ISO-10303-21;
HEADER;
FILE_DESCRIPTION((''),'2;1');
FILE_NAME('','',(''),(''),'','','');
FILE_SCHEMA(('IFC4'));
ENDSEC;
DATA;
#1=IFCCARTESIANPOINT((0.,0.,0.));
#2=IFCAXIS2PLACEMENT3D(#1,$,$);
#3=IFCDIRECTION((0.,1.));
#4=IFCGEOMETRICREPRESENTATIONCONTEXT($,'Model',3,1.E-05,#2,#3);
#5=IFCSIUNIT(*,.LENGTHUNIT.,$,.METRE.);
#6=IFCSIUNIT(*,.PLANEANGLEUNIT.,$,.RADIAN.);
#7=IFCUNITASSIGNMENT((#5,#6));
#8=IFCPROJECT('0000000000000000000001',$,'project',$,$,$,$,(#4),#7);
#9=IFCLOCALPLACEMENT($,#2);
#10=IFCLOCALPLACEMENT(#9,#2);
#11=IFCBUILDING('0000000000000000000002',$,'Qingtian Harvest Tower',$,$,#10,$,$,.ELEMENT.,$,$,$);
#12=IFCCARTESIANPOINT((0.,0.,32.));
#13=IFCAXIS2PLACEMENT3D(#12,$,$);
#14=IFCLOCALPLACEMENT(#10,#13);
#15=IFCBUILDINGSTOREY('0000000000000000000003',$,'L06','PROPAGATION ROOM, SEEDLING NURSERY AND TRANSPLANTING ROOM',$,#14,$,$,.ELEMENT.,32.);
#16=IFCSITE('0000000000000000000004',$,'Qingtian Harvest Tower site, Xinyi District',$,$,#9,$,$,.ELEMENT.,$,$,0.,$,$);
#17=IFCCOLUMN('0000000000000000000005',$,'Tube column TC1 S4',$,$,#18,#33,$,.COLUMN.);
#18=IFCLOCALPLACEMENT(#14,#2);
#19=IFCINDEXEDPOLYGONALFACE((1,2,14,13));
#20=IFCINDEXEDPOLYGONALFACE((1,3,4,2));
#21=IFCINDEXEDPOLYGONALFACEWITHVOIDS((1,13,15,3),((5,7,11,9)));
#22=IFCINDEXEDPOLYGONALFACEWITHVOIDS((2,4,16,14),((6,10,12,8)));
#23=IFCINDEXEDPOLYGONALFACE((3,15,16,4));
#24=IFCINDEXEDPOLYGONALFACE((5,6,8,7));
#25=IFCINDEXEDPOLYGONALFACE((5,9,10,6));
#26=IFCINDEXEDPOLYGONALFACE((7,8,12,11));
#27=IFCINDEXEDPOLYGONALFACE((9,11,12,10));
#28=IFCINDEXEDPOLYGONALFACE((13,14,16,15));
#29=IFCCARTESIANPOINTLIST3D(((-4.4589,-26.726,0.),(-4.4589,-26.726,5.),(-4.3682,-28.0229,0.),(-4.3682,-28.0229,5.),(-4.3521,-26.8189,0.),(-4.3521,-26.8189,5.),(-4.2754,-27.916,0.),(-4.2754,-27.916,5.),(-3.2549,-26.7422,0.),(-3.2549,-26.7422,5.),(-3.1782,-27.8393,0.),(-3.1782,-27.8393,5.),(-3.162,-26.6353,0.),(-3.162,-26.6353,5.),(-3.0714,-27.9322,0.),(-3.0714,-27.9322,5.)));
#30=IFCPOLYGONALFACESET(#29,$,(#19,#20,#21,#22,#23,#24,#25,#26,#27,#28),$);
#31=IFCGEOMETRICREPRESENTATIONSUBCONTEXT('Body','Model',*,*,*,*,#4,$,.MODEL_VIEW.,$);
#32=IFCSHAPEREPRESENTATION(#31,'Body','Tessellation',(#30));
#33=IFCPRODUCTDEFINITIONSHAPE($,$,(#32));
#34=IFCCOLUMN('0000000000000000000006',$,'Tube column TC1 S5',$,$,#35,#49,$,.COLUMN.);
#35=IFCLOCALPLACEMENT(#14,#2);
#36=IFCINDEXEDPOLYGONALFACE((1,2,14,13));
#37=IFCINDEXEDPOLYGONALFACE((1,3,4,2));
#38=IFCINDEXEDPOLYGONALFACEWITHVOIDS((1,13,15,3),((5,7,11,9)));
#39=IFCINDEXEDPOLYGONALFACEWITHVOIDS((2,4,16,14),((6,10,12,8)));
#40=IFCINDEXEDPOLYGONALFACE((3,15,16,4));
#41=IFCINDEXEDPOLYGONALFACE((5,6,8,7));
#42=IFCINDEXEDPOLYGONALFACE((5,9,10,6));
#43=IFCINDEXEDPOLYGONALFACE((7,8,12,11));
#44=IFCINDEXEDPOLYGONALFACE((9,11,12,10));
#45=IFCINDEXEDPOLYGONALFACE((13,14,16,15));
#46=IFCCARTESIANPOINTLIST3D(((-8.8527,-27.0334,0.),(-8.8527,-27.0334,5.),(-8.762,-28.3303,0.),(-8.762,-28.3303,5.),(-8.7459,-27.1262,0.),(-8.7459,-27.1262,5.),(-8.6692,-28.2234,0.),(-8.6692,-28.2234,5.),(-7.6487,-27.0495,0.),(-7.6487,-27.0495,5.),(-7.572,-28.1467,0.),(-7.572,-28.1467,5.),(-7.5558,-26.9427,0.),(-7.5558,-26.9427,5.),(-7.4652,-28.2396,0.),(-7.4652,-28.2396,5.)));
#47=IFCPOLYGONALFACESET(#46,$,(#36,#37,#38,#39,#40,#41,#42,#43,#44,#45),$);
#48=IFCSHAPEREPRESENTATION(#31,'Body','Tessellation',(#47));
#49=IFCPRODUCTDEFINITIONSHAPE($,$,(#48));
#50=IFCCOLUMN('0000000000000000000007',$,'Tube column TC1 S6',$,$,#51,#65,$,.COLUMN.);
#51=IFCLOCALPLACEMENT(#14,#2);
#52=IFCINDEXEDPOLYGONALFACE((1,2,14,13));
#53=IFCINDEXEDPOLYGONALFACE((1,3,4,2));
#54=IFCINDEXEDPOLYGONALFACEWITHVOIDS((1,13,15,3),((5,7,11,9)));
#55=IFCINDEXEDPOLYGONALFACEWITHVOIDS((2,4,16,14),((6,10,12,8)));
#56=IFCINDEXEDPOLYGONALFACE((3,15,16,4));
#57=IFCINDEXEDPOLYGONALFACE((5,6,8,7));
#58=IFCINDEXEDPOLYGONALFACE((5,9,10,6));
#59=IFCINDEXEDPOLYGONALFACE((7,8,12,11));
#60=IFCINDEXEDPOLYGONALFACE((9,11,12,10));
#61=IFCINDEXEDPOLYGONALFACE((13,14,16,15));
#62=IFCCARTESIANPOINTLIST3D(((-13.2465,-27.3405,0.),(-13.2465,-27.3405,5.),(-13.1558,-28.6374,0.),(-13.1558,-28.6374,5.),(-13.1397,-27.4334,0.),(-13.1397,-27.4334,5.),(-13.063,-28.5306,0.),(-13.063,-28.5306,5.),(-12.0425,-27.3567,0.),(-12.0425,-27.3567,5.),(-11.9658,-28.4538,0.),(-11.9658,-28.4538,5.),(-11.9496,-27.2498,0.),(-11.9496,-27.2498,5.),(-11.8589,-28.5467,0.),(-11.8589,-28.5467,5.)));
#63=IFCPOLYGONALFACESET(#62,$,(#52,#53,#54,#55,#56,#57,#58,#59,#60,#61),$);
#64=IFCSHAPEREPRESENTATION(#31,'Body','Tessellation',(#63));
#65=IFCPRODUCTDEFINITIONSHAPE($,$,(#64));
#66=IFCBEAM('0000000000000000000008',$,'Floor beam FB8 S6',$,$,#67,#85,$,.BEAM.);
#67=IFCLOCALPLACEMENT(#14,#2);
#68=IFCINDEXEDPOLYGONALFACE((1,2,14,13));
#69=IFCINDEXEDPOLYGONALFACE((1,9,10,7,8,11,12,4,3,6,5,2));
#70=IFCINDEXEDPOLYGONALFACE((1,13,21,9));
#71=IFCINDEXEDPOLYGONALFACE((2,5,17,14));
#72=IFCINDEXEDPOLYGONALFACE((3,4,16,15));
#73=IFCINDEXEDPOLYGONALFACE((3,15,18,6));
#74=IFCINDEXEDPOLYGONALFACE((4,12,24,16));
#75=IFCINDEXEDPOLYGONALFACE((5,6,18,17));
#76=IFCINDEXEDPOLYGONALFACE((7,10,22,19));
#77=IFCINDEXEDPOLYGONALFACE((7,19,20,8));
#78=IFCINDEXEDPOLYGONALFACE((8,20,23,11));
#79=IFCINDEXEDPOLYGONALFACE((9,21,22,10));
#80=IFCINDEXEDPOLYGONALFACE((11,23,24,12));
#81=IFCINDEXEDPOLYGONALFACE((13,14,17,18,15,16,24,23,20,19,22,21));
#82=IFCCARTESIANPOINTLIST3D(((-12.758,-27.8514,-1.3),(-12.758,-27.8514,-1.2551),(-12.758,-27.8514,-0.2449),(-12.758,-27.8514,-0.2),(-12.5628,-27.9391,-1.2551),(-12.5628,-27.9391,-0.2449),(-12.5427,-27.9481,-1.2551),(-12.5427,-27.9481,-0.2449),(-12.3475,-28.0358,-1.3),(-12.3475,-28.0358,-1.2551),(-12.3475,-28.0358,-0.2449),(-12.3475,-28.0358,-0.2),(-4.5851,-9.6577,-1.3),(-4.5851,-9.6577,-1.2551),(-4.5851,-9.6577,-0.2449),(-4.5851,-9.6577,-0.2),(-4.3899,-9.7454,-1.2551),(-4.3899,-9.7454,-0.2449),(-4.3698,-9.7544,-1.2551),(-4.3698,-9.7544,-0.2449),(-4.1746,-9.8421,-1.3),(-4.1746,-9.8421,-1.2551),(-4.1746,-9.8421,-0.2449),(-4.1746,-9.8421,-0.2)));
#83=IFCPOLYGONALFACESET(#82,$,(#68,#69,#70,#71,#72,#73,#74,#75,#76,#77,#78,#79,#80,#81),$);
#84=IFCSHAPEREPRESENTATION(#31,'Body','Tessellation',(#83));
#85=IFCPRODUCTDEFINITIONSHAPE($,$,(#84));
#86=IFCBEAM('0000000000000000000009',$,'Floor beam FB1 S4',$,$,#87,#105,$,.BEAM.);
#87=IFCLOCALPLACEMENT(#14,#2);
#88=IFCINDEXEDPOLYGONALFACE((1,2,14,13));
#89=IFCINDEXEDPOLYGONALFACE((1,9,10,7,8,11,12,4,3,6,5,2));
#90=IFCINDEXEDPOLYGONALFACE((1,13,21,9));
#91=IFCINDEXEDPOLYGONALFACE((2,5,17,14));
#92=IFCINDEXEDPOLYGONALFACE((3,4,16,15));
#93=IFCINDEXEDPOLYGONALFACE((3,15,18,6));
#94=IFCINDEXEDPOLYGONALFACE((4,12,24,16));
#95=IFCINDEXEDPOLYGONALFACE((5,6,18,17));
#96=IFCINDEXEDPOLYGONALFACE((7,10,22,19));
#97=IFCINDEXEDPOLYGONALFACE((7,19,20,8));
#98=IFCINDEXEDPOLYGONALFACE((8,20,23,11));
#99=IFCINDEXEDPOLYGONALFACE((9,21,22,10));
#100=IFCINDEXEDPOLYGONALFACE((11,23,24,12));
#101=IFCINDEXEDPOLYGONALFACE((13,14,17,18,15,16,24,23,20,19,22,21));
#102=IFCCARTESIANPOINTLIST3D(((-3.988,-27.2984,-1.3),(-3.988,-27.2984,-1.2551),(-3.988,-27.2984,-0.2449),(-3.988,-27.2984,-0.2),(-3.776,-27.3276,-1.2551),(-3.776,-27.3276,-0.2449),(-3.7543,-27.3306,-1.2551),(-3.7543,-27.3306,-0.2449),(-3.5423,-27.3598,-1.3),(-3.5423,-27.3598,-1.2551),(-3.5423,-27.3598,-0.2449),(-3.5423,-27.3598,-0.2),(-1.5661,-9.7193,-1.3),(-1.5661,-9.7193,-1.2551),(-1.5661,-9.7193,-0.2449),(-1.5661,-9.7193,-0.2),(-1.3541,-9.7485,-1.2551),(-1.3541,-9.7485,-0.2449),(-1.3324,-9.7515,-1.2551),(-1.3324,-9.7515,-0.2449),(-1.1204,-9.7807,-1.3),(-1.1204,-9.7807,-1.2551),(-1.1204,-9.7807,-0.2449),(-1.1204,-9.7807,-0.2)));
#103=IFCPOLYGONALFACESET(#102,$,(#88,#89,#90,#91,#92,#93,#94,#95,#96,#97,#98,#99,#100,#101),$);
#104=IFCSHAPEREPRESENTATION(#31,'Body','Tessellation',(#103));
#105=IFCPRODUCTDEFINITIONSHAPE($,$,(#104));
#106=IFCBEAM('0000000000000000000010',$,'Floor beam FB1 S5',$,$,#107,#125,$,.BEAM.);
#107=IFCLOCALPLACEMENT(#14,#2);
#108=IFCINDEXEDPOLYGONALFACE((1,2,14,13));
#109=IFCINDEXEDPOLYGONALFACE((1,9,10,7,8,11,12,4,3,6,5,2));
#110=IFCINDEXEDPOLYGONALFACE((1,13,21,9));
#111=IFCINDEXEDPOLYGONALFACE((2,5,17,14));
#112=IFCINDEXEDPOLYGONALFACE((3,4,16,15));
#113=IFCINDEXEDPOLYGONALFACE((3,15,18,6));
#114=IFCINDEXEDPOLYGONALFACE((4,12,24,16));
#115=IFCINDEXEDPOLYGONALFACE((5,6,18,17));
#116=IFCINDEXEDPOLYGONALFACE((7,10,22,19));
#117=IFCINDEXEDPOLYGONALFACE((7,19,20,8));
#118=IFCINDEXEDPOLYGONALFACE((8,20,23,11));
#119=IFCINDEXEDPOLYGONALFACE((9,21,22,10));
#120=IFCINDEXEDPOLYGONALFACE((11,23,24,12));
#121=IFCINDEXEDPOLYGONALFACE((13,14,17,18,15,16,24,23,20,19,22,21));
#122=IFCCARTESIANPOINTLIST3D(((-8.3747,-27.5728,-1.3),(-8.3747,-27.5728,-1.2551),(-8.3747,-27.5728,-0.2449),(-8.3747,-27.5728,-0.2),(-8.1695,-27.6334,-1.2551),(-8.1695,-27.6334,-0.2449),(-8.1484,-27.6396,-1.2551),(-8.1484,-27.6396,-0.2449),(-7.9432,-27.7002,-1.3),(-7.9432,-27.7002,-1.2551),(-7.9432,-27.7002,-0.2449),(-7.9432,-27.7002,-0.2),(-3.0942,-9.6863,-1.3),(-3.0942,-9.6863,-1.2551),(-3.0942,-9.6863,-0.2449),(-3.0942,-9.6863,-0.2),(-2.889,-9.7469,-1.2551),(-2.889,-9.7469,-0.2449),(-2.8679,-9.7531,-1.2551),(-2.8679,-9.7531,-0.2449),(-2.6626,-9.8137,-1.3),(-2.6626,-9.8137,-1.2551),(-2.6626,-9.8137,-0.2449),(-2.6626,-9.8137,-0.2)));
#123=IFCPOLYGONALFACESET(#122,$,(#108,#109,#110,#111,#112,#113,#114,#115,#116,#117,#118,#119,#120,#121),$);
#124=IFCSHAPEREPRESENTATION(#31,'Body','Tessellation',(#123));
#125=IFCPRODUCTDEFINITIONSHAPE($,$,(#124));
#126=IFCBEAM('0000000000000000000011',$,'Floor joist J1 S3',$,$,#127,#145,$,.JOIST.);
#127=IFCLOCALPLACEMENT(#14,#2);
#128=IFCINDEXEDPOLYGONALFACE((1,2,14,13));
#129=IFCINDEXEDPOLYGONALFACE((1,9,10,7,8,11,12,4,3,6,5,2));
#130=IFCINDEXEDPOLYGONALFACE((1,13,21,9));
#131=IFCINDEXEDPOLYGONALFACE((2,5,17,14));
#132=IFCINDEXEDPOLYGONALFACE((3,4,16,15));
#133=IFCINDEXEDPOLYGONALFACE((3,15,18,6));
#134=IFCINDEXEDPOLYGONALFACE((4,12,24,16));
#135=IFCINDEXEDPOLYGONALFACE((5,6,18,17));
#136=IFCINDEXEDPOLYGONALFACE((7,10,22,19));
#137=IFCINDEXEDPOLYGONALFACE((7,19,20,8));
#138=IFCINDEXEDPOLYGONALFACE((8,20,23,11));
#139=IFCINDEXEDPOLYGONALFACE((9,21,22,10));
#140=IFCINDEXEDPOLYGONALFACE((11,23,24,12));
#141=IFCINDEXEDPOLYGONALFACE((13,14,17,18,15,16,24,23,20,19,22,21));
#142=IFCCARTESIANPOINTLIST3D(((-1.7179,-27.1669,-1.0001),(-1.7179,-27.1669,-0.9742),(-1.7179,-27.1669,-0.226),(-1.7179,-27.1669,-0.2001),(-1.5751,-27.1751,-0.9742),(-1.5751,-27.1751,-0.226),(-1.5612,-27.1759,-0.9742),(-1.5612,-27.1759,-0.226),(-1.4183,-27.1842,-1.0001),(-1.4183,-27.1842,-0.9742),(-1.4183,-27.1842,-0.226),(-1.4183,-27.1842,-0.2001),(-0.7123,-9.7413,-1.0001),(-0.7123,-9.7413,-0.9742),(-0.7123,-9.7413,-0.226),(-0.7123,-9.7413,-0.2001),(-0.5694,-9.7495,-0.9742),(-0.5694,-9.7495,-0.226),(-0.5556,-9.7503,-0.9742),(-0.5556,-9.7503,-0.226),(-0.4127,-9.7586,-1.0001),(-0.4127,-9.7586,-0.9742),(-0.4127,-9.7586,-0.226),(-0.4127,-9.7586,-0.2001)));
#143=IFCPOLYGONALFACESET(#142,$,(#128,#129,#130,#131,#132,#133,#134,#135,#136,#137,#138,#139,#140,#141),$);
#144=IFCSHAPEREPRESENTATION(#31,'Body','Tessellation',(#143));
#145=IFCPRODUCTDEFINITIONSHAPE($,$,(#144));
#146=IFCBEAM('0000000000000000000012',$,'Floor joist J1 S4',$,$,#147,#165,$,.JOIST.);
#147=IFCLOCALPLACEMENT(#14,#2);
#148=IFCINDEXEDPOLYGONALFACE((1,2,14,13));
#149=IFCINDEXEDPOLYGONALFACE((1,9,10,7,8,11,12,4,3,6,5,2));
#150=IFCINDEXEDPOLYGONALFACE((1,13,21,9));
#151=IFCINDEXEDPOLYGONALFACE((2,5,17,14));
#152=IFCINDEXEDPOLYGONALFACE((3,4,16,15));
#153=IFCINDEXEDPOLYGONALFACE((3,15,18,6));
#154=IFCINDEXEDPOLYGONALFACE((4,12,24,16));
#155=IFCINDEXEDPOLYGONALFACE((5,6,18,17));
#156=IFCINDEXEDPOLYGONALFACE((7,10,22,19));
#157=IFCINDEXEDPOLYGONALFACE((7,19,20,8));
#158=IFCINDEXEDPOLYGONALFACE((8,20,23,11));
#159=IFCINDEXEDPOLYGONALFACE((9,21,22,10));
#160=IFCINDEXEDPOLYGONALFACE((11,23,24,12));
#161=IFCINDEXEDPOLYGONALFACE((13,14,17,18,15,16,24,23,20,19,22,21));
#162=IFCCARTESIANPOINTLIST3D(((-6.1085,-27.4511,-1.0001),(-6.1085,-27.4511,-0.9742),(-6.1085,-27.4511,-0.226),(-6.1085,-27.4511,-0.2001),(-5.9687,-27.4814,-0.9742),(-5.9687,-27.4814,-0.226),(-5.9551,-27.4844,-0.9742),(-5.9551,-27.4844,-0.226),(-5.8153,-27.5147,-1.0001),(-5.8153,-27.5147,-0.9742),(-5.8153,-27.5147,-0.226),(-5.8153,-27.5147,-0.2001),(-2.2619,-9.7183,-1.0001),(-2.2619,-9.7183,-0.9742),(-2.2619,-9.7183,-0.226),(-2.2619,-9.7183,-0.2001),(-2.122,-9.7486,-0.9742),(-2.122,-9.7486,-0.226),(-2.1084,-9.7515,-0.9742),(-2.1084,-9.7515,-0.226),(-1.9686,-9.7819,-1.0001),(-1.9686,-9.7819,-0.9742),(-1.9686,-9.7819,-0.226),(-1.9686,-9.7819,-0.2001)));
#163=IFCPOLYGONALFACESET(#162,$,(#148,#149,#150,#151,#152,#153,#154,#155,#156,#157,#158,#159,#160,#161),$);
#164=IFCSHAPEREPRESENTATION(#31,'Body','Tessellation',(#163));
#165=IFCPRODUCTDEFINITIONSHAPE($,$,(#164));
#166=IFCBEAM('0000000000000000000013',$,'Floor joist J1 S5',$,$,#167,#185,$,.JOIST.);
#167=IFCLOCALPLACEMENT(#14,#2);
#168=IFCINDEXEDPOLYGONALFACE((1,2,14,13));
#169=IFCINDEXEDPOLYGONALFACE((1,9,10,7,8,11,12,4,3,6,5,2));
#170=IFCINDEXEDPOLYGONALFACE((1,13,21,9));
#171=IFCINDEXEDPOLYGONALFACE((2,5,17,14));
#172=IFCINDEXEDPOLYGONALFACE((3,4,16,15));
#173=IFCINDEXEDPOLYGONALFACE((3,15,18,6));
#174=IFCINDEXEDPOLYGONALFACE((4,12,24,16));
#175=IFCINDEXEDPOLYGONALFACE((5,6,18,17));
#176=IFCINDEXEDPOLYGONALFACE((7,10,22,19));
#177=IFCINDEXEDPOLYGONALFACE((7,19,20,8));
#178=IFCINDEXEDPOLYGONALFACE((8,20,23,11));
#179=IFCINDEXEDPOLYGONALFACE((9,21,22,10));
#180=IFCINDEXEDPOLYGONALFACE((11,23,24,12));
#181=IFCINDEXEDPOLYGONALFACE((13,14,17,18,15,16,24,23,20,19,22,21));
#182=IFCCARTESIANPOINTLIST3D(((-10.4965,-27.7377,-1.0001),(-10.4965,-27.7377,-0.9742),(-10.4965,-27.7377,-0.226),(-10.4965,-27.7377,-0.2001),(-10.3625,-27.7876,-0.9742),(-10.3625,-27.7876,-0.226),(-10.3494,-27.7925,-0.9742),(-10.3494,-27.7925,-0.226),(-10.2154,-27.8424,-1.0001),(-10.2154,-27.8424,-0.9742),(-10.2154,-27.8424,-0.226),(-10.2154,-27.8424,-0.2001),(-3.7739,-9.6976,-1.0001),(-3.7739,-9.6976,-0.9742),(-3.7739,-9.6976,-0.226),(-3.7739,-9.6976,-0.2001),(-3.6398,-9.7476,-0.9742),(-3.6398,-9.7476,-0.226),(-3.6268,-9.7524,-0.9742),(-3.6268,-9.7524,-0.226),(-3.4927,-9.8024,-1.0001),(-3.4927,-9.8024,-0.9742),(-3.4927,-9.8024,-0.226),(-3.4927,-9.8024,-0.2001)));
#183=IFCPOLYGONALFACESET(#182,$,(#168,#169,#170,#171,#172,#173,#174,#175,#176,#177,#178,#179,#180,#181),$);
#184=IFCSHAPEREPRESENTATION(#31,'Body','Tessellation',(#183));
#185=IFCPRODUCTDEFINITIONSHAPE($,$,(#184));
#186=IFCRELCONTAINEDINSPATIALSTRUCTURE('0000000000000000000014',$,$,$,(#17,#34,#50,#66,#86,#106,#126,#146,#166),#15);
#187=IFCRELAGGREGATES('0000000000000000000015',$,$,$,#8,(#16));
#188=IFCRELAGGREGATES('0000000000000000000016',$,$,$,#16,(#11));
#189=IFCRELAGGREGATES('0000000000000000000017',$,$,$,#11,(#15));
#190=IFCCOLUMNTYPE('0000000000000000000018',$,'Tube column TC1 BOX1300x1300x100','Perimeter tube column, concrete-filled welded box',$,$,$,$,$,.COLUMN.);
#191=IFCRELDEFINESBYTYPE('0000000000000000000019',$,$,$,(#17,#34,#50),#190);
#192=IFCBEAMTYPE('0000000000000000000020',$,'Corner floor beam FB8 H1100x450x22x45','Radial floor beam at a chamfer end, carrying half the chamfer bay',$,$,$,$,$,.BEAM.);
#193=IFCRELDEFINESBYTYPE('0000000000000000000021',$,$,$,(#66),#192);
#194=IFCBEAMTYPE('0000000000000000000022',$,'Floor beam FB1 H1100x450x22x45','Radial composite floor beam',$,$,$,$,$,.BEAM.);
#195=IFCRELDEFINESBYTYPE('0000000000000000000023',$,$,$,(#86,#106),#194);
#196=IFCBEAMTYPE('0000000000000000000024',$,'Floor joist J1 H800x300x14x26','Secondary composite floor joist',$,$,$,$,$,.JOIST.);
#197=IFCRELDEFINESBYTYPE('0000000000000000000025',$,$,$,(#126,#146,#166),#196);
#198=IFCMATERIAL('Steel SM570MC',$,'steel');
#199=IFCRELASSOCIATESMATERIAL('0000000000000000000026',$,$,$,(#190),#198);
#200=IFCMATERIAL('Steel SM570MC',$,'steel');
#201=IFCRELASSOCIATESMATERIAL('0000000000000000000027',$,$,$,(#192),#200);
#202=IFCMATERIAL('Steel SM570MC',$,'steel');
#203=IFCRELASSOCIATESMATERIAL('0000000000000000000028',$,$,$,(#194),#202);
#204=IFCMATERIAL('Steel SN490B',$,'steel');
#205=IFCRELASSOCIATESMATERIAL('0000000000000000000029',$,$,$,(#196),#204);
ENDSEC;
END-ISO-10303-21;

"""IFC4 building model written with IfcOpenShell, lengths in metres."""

from ifc_helpers import new_model, si_unit, direction, frame, origin, origin_2d, place, context, subcontext, project, spatial, hollow_rectangle, i_section, extrude, material, material_profile, profile_set, type_object, element, save


model = new_model("IFC4")

# Units and contexts
model_context = context("Model", 3, precision=1e-05, world=origin(), true_north=direction((0.0, 1.0)))
body_context = subcontext(model_context, "Body", "Model", "MODEL_VIEW")
ifc_project = project(units=[si_unit("LENGTHUNIT", "METRE"), si_unit("PLANEANGLEUNIT", "RADIAN")], contexts=[model_context])

# Site, building, storey
site_placement = place(None, origin())
site = spatial("IfcSite", under=ifc_project, at=site_placement, Name="Qingtian Harvest Tower site, Xinyi District", CompositionType="ELEMENT", RefElevation=0.0)
building_placement = place(site_placement, origin())
building = spatial("IfcBuilding", under=site, at=building_placement, Name="Qingtian Harvest Tower", CompositionType="ELEMENT")
storey_placement = place(building_placement, frame((0.0, 0.0, 32.0)))
storey = spatial("IfcBuildingStorey", under=building, at=storey_placement, Name="L06", Description="PROPAGATION ROOM, SEEDLING NURSERY AND TRANSPLANTING ROOM", CompositionType="ELEMENT", Elevation=32.0)

# Columns
ifc_material_1 = material(Name="Steel SM570MC", Category="steel")
ifc_material_profile_1 = material_profile(ifc_material_1, hollow_rectangle(XDim=1.3, YDim=1.3, WallThickness=0.1001, at=origin_2d()), Name="BOX1300x1300x100")
ifc_profile_set_1 = profile_set([ifc_material_profile_1], Name="Steel SM570MC")
column_type = type_object("IfcColumnType", Name="Tube column TC1 BOX1300x1300x100", Description="Perimeter tube column, concrete-filled welded box", PredefinedType="COLUMN", material=ifc_profile_set_1)
for number, where, z_axis, x_axis, name in (
    (1, (-3.7651, -27.3291, 0.0), (0.0, 0.0, 1.0), (0.997564, 0.069756, 0.0), "Tube column TC1 S4"),
    (2, (-8.1589, -27.6365, 0.0), (0.0, 0.0, 1.0), (0.997564, 0.069756, 0.0), "Tube column TC1 S5"),
    (3, (-12.5527, -27.9436, 0.0), (0.0, 0.0, 1.0), (0.997564, 0.069756, 0.0), "Tube column TC1 S6"),
):
    element("IfcColumn", number, at=place(storey_placement, frame(where, z_axis=z_axis, x_axis=x_axis)), inside=storey, type_object=column_type, Name=name, PredefinedType="COLUMN", context=body_context, shape_type="SweptSolid", body=[
        extrude(hollow_rectangle(XDim=1.3, YDim=1.3, WallThickness=0.1001, at=origin_2d()), origin(), (0.0, 0.0, 1.0), 5.0),
    ])

# Beams
ifc_material_2 = material(Name="Steel SM570MC", Category="steel")
ifc_material_profile_2 = material_profile(ifc_material_2, i_section(OverallWidth=0.45, OverallDepth=1.1001, WebThickness=0.022, FlangeThickness=0.0449, at=origin_2d()), Name="H1100x450x22x45")
ifc_profile_set_2 = profile_set([ifc_material_profile_2], Name="Steel SM570MC")
beam_type_1 = type_object("IfcBeamType", Name="Corner floor beam FB8 H1100x450x22x45", Description="Radial floor beam at a chamfer end, carrying half the chamfer bay", PredefinedType="BEAM", material=ifc_profile_set_2)
beam_1_placement = place(storey_placement, frame((-12.5527, -27.9436, -0.75), z_axis=(0.40977, 0.912189, 0.0), x_axis=(-0.912189, 0.40977, 0.0)))
element("IfcBeam", 4, at=beam_1_placement, inside=storey, type_object=beam_type_1, Name="Floor beam FB8 S6", PredefinedType="BEAM", context=body_context, shape_type="SweptSolid", body=[
    extrude(i_section(OverallWidth=0.45, OverallDepth=1.1001, WebThickness=0.022, FlangeThickness=0.0449, at=origin_2d()), origin(), (0.0, 0.0, 1.0), 19.9451),
])
ifc_material_3 = material(Name="Steel SM570MC", Category="steel")
ifc_material_profile_3 = material_profile(ifc_material_3, i_section(OverallWidth=0.45, OverallDepth=1.1001, WebThickness=0.022, FlangeThickness=0.0449, at=origin_2d()), Name="H1100x450x22x45")
ifc_profile_set_3 = profile_set([ifc_material_profile_3], Name="Steel SM570MC")
beam_type_2 = type_object("IfcBeamType", Name="Floor beam FB1 H1100x450x22x45", Description="Radial composite floor beam", PredefinedType="BEAM", material=ifc_profile_set_3)
beam_2_placement = place(storey_placement, frame((-3.7651, -27.3291, -0.75), z_axis=(0.136481, 0.990643, 0.0), x_axis=(-0.990643, 0.136481, 0.0)))
element("IfcBeam", 5, at=beam_2_placement, inside=storey, type_object=beam_type_2, Name="Floor beam FB1 S4", PredefinedType="BEAM", context=body_context, shape_type="SweptSolid", body=[
    extrude(i_section(OverallWidth=0.45, OverallDepth=1.1001, WebThickness=0.022, FlangeThickness=0.0449, at=origin_2d()), origin(), (0.0, 0.0, 1.0), 17.7451),
])
beam_3_placement = place(storey_placement, frame((-8.1589, -27.6365, -0.75), z_axis=(0.283143, 0.959078, 0.0), x_axis=(-0.959078, 0.283143, 0.0)))
element("IfcBeam", 6, at=beam_3_placement, inside=storey, type_object=beam_type_2, Name="Floor beam FB1 S5", PredefinedType="BEAM", context=body_context, shape_type="SweptSolid", body=[
    extrude(i_section(OverallWidth=0.45, OverallDepth=1.1001, WebThickness=0.022, FlangeThickness=0.0449, at=origin_2d()), origin(), (0.0, 0.0, 1.0), 18.6497),
])
ifc_material_4 = material(Name="Steel SN490B", Category="steel")
ifc_material_profile_4 = material_profile(ifc_material_4, i_section(OverallWidth=0.3, OverallDepth=0.8, WebThickness=0.0139, FlangeThickness=0.0259, at=origin_2d()), Name="H800x300x14x26")
ifc_profile_set_4 = profile_set([ifc_material_profile_4], Name="Steel SN490B")
beam_type_3 = type_object("IfcBeamType", Name="Floor joist J1 H800x300x14x26", Description="Secondary composite floor joist", PredefinedType="JOIST", material=ifc_profile_set_4)
beam_4_placement = place(storey_placement, frame((-1.5681, -27.1755, -0.6001), z_axis=(0.057613, 0.998339, 0.0), x_axis=(-0.998339, 0.057613, 0.0)))
element("IfcBeam", 7, at=beam_4_placement, inside=storey, type_object=beam_type_3, Name="Floor joist J1 S3", PredefinedType="JOIST", context=body_context, shape_type="SweptSolid", body=[
    extrude(i_section(OverallWidth=0.3, OverallDepth=0.8, WebThickness=0.0139, FlangeThickness=0.0259, at=origin_2d()), origin(), (0.0, 0.0, 1.0), 17.4546),
])
beam_5_placement = place(storey_placement, frame((-5.9619, -27.4829, -0.6001), z_axis=(0.211993, 0.977271, 0.0), x_axis=(-0.977271, 0.211993, 0.0)))
element("IfcBeam", 8, at=beam_5_placement, inside=storey, type_object=beam_type_3, Name="Floor joist J1 S4", PredefinedType="JOIST", context=body_context, shape_type="SweptSolid", body=[
    extrude(i_section(OverallWidth=0.3, OverallDepth=0.8, WebThickness=0.0139, FlangeThickness=0.0259, at=origin_2d()), origin(), (0.0, 0.0, 1.0), 18.1453),
])
beam_6_placement = place(storey_placement, frame((-10.356, -27.79, -0.6001), z_axis=(0.349194, 0.937051, 0.0), x_axis=(-0.937051, 0.349194, 0.0)))
element("IfcBeam", 9, at=beam_6_placement, inside=storey, type_object=beam_type_3, Name="Floor joist J1 S5", PredefinedType="JOIST", context=body_context, shape_type="SweptSolid", body=[
    extrude(i_section(OverallWidth=0.3, OverallDepth=0.8, WebThickness=0.0139, FlangeThickness=0.0259, at=origin_2d()), origin(), (0.0, 0.0, 1.0), 19.252),
])

save(model, "model.ifc")
